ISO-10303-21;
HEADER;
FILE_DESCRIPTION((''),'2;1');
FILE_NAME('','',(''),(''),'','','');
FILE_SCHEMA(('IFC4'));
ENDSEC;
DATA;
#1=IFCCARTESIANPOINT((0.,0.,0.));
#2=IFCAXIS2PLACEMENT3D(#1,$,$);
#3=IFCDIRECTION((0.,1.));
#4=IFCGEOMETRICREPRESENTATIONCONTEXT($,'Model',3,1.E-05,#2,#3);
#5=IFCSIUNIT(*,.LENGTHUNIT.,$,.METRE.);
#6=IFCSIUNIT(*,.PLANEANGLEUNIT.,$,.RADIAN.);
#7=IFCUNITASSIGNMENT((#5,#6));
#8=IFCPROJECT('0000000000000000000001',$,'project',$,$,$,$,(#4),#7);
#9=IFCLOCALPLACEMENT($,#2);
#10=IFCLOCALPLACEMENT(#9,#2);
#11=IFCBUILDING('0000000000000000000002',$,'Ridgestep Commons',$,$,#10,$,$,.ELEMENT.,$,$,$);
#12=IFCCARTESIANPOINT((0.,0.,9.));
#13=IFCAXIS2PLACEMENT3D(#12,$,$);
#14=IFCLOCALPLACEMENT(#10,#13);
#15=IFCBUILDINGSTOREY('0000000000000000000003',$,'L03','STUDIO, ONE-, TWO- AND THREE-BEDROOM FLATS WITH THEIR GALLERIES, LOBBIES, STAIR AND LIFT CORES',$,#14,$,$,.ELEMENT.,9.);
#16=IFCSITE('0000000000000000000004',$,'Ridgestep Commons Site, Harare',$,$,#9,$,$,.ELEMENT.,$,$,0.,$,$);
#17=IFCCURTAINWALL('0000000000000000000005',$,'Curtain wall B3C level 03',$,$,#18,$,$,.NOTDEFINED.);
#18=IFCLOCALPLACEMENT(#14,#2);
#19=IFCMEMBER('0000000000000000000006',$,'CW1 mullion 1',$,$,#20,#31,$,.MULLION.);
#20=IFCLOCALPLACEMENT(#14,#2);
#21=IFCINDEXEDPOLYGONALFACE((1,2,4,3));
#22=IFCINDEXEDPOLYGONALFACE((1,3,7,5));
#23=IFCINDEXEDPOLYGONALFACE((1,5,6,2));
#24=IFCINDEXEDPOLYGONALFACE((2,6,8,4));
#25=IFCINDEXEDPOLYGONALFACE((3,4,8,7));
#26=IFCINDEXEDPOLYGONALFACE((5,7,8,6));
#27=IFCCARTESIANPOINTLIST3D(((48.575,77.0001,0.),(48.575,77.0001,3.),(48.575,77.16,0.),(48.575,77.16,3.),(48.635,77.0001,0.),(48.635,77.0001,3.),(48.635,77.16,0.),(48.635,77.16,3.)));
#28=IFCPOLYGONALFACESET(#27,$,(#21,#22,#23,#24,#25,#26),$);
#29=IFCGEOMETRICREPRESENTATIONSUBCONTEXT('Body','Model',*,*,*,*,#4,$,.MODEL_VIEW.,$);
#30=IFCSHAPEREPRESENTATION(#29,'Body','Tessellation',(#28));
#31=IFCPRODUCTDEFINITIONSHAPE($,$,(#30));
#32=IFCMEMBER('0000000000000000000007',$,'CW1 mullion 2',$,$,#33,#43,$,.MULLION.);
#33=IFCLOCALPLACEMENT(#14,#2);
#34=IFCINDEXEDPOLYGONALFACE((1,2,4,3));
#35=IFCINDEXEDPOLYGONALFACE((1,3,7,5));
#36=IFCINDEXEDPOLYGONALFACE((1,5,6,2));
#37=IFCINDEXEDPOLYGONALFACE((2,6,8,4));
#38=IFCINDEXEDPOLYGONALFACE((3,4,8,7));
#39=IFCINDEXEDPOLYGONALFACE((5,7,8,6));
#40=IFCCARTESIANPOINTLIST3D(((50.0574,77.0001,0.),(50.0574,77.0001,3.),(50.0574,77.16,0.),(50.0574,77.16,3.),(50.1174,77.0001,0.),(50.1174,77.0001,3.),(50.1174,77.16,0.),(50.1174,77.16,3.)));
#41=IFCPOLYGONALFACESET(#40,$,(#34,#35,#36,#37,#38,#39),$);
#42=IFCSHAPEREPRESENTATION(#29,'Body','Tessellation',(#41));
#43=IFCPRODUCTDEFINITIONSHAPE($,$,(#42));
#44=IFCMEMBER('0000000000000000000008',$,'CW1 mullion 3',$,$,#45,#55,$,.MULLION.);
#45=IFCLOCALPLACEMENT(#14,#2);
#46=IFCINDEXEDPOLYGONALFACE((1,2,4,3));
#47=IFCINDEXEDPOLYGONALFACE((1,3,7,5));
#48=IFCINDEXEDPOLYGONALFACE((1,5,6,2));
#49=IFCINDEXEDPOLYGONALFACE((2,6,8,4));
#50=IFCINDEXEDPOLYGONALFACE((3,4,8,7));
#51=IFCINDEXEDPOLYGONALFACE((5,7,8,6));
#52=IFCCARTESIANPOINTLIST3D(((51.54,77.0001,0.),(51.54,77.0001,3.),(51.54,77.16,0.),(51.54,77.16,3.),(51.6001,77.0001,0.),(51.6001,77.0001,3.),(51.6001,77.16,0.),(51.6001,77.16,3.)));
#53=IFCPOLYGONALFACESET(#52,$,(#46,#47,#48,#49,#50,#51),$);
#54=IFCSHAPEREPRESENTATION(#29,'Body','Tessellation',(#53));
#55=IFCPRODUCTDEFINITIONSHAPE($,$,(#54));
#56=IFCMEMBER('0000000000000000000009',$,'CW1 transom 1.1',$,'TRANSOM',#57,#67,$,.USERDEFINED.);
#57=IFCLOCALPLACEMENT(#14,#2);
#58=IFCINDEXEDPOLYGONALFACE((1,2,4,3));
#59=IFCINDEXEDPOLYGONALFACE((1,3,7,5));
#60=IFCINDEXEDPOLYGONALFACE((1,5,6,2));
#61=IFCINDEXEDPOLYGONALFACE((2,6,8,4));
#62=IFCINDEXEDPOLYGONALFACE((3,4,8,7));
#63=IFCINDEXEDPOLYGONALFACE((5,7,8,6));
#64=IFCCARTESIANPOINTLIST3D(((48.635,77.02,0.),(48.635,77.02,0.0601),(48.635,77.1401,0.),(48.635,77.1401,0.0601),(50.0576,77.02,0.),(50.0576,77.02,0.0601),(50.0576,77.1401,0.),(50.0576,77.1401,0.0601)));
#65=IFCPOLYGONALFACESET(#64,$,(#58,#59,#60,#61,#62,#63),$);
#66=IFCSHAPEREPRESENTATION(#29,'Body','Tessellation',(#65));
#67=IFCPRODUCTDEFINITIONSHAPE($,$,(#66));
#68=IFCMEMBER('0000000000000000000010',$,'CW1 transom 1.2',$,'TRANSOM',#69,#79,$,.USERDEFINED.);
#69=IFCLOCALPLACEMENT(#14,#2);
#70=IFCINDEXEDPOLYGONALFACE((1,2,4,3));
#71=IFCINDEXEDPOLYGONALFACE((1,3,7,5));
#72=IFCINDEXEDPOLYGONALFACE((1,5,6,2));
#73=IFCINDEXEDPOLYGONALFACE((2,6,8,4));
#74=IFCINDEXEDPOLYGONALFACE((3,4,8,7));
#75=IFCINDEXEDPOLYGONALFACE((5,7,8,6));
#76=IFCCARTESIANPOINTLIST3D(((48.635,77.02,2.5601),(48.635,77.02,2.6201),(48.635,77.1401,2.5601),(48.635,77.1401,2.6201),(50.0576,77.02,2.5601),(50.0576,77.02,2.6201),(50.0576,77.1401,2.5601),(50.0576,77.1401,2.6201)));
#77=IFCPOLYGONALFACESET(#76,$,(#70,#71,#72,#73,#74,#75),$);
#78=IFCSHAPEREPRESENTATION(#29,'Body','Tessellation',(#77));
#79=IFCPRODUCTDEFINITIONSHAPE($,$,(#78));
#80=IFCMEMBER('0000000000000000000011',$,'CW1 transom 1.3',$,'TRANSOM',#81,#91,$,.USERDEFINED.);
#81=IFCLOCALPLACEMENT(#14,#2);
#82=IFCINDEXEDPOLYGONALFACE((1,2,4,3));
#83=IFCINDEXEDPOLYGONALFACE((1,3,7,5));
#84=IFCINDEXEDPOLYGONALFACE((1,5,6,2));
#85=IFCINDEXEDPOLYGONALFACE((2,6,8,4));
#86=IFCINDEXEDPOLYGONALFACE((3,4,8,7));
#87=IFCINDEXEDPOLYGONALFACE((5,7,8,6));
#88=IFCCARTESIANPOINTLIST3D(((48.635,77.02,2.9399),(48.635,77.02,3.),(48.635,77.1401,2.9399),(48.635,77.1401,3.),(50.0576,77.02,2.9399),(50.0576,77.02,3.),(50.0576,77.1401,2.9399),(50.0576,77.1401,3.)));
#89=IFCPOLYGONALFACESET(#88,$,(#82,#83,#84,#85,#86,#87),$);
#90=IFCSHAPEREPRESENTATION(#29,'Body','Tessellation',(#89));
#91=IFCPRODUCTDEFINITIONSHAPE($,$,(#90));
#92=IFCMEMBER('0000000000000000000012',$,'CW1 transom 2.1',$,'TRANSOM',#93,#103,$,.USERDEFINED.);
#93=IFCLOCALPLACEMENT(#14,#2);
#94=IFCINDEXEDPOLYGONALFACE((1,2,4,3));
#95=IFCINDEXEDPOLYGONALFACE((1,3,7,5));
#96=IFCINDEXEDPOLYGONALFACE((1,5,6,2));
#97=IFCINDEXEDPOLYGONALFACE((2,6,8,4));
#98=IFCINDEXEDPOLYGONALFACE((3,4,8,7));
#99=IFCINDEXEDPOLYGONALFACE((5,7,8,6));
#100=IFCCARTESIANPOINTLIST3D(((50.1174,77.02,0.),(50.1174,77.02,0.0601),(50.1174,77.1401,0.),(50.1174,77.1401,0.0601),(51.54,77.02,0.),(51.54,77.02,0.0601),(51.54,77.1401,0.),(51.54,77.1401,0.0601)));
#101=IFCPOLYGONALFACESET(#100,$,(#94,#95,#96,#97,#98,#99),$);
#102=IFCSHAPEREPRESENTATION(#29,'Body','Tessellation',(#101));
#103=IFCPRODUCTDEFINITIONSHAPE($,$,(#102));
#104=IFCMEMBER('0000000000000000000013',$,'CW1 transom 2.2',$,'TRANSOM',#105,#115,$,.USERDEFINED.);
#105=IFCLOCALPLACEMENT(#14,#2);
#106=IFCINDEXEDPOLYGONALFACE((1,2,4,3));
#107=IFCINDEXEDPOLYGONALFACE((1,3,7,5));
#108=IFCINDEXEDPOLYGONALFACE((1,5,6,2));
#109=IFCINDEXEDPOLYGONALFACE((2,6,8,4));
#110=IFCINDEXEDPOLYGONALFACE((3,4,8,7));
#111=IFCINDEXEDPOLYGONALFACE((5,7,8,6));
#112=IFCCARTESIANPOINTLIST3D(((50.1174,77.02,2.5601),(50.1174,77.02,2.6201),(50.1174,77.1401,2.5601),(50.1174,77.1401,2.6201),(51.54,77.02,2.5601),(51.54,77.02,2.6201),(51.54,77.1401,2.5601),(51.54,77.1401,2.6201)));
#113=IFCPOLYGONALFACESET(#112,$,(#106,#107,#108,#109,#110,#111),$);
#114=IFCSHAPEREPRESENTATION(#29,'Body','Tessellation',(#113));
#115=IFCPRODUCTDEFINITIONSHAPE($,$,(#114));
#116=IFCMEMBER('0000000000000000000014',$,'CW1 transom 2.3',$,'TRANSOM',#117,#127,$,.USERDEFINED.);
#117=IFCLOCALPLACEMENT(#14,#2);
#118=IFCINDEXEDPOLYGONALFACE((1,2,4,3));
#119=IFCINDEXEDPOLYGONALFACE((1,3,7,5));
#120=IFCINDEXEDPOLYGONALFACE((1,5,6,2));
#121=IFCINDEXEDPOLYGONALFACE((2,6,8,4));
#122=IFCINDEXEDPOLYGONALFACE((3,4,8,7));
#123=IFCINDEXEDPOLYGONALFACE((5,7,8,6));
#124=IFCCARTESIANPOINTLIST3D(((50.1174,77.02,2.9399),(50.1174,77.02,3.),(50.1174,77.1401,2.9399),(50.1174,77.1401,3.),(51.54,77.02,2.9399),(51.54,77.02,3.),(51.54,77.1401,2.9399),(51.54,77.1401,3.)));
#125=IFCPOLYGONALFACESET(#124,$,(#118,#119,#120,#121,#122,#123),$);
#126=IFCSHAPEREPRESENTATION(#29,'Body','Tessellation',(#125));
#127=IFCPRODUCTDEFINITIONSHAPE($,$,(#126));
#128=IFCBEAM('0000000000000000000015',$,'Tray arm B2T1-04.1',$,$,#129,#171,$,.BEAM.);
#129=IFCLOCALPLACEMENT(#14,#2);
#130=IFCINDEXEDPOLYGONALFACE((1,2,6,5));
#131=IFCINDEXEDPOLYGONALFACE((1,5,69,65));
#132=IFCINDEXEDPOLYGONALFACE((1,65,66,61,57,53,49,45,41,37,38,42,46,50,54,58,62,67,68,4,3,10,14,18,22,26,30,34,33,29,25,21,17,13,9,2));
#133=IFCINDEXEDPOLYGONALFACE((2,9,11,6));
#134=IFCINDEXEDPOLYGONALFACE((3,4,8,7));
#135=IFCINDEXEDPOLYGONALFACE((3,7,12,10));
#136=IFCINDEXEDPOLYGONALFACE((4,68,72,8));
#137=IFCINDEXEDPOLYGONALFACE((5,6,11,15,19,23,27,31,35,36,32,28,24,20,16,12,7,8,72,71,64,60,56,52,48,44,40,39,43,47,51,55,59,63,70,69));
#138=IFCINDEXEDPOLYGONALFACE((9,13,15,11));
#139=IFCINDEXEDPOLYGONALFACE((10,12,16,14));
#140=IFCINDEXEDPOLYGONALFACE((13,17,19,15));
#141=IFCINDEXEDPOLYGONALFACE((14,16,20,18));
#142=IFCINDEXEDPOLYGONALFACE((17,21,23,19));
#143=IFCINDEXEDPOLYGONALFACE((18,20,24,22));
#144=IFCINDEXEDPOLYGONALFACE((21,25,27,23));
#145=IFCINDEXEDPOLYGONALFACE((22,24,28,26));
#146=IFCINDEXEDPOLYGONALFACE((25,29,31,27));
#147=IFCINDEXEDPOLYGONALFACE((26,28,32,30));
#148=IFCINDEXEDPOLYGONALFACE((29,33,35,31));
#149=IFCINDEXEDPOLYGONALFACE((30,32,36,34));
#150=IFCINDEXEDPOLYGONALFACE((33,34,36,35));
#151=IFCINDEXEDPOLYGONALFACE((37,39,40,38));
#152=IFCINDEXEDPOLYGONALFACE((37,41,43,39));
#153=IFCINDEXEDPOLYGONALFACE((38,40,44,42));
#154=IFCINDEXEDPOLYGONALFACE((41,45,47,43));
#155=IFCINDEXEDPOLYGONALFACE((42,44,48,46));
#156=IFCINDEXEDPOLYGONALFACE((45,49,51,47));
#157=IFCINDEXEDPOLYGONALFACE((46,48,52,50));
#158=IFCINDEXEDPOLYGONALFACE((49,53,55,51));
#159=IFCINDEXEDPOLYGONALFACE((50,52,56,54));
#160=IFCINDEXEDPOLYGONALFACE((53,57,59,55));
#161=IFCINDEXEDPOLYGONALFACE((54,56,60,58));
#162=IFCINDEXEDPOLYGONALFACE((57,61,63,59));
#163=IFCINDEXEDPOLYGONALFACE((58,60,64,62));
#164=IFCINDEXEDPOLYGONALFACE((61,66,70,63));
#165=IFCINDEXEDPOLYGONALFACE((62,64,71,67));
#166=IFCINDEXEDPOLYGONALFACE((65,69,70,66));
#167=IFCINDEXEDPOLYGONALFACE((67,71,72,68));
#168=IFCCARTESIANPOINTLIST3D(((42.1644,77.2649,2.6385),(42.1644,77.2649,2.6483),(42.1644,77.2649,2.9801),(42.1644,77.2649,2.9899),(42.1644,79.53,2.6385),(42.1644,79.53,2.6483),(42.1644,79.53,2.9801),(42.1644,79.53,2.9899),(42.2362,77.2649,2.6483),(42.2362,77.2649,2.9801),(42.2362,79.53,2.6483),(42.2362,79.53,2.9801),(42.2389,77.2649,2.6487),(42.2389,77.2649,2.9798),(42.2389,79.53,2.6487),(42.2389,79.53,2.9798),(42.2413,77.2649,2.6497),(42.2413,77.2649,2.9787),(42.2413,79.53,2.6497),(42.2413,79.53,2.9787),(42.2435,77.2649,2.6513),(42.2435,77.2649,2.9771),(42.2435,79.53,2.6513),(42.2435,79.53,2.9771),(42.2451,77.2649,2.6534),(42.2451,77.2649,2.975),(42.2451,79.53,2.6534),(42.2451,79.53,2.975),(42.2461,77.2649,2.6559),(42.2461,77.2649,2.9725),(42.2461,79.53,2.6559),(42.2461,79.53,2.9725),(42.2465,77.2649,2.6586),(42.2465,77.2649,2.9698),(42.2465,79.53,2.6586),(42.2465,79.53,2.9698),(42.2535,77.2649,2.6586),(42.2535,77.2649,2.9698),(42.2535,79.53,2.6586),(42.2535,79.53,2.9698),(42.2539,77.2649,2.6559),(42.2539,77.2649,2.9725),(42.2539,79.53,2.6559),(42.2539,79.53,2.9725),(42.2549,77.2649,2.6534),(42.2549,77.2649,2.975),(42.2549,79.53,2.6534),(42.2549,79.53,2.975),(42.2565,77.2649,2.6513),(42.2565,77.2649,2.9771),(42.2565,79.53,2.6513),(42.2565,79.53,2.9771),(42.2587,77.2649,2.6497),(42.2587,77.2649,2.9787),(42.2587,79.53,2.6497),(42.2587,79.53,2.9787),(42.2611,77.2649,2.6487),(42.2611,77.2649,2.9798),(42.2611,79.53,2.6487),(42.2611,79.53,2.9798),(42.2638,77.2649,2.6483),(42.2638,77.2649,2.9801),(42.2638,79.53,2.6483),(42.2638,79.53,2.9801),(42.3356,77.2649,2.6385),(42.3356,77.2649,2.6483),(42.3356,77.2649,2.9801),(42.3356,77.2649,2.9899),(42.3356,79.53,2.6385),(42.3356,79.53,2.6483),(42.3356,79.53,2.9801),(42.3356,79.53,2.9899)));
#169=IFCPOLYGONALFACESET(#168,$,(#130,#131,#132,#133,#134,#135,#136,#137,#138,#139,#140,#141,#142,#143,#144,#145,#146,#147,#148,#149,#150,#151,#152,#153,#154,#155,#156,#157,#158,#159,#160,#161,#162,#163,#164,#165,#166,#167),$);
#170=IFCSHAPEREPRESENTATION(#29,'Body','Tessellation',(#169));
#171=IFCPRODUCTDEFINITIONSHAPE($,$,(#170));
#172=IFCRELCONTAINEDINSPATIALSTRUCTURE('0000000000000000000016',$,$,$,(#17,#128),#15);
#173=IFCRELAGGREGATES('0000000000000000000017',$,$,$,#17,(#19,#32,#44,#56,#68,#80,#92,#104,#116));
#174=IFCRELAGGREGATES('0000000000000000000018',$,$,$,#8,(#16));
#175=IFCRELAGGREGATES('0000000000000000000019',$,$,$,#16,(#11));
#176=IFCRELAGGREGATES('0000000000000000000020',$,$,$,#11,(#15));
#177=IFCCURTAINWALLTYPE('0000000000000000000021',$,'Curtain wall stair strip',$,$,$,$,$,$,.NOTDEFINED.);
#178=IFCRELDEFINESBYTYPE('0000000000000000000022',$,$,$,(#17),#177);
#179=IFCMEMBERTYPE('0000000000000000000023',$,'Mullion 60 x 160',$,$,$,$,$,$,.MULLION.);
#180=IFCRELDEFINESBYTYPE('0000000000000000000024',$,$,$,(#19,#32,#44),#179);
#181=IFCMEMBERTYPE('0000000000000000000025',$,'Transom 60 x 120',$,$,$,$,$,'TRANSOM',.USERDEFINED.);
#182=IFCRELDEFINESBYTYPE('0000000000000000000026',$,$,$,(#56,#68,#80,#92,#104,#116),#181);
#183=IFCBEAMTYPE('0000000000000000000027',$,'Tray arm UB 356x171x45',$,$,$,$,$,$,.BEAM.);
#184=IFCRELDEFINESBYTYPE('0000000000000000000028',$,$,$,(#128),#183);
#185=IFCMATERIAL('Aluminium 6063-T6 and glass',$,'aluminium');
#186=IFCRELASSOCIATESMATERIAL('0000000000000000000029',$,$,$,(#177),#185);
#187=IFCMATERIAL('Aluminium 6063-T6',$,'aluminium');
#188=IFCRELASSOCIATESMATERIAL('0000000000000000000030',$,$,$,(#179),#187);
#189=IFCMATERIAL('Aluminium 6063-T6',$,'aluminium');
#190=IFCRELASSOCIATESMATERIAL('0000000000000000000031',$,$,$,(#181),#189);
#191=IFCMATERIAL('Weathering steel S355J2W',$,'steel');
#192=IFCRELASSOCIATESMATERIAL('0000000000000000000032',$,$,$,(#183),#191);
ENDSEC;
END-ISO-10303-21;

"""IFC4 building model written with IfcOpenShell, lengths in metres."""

from ifc_helpers import new_model, si_unit, direction, frame, origin, origin_2d, place, context, subcontext, project, spatial, rectangle, i_section, extrude, material, material_profile, profile_set, type_object, element, aggregate, save


model = new_model("IFC4")

# Units and contexts
model_context = context("Model", 3, precision=1e-05, world=origin(), true_north=direction((0.0, 1.0)))
body_context = subcontext(model_context, "Body", "Model", "MODEL_VIEW")
ifc_project = project(units=[si_unit("LENGTHUNIT", "METRE"), si_unit("PLANEANGLEUNIT", "RADIAN")], contexts=[model_context])

# Site, building, storey
site_placement = place(None, origin())
site = spatial("IfcSite", under=ifc_project, at=site_placement, Name="Ridgestep Commons Site, Harare", CompositionType="ELEMENT", RefElevation=0.0)
building_placement = place(site_placement, origin())
building = spatial("IfcBuilding", under=site, at=building_placement, Name="Ridgestep Commons", CompositionType="ELEMENT")
storey_placement = place(building_placement, frame((0.0, 0.0, 9.0)))
storey = spatial("IfcBuildingStorey", under=building, at=storey_placement, Name="L03", Description="STUDIO, ONE-, TWO- AND THREE-BEDROOM FLATS WITH THEIR GALLERIES, LOBBIES, STAIR AND LIFT CORES", CompositionType="ELEMENT", Elevation=9.0)

# Curtain wall, members
ifc_material_1 = material(Name="Aluminium 6063-T6 and glass", Category="aluminium")
curtain_wall_type = type_object("IfcCurtainWallType", Name="Curtain wall stair strip", PredefinedType="NOTDEFINED", material=ifc_material_1)
curtain_wall_placement = place(storey_placement, origin())
curtain_wall = element("IfcCurtainWall", 1, at=curtain_wall_placement, inside=storey, type_object=curtain_wall_type, Name="Curtain wall B3C level 03", PredefinedType="NOTDEFINED")
ifc_material_2 = material(Name="Aluminium 6063-T6", Category="aluminium")
ifc_material_profile_1 = material_profile(ifc_material_2, rectangle(XDim=0.1599, YDim=0.0601, at=origin_2d()), Name="Mullion 60 x 160")
ifc_profile_set_1 = profile_set([ifc_material_profile_1], Name="Aluminium 6063-T6")
member_type_1 = type_object("IfcMemberType", Name="Mullion 60 x 160", PredefinedType="MULLION", material=ifc_profile_set_1)
member_1_placement = place(storey_placement, frame((48.605, 77.0801, 0.0), z_axis=(0.0, 0.0, 1.0), x_axis=(0.0, 1.0, 0.0)))
member_1 = element("IfcMember", 2, at=member_1_placement, type_object=member_type_1, Name="CW1 mullion 1", PredefinedType="MULLION", context=body_context, shape_type="SweptSolid", body=[
    extrude(rectangle(XDim=0.1599, YDim=0.0601, at=origin_2d()), origin(), (0.0, 0.0, 1.0), 3.0),
])
member_2_placement = place(storey_placement, frame((50.0874, 77.0801, 0.0), z_axis=(0.0, 0.0, 1.0), x_axis=(0.0, 1.0, 0.0)))
member_2 = element("IfcMember", 3, at=member_2_placement, type_object=member_type_1, Name="CW1 mullion 2", PredefinedType="MULLION", context=body_context, shape_type="SweptSolid", body=[
    extrude(rectangle(XDim=0.1599, YDim=0.0601, at=origin_2d()), origin(), (0.0, 0.0, 1.0), 3.0),
])
member_3_placement = place(storey_placement, frame((51.5701, 77.0801, 0.0), z_axis=(0.0, 0.0, 1.0), x_axis=(0.0, 1.0, 0.0)))
member_3 = element("IfcMember", 4, at=member_3_placement, type_object=member_type_1, Name="CW1 mullion 3", PredefinedType="MULLION", context=body_context, shape_type="SweptSolid", body=[
    extrude(rectangle(XDim=0.1599, YDim=0.0601, at=origin_2d()), origin(), (0.0, 0.0, 1.0), 3.0),
])
ifc_material_3 = material(Name="Aluminium 6063-T6", Category="aluminium")
ifc_material_profile_2 = material_profile(ifc_material_3, rectangle(XDim=0.1201, YDim=0.0601, at=origin_2d()), Name="Transom 60 x 120")
ifc_profile_set_2 = profile_set([ifc_material_profile_2], Name="Aluminium 6063-T6")
member_type_2 = type_object("IfcMemberType", Name="Transom 60 x 120", ElementType="TRANSOM", PredefinedType="USERDEFINED", material=ifc_profile_set_2)
member_4_placement = place(storey_placement, frame((48.635, 77.0801, 0.03), z_axis=(1.0, 0.0, 0.0), x_axis=(0.0, 1.0, 0.0)))
member_4 = element("IfcMember", 5, at=member_4_placement, type_object=member_type_2, Name="CW1 transom 1.1", ObjectType="TRANSOM", PredefinedType="USERDEFINED", context=body_context, shape_type="SweptSolid", body=[
    extrude(rectangle(XDim=0.1201, YDim=0.0601, at=origin_2d()), origin(), (0.0, 0.0, 1.0), 1.4226),
])
member_5_placement = place(storey_placement, frame((48.635, 77.0801, 2.5901), z_axis=(1.0, 0.0, 0.0), x_axis=(0.0, 1.0, 0.0)))
member_5 = element("IfcMember", 6, at=member_5_placement, type_object=member_type_2, Name="CW1 transom 1.2", ObjectType="TRANSOM", PredefinedType="USERDEFINED", context=body_context, shape_type="SweptSolid", body=[
    extrude(rectangle(XDim=0.1201, YDim=0.0601, at=origin_2d()), origin(), (0.0, 0.0, 1.0), 1.4226),
])
member_6_placement = place(storey_placement, frame((48.635, 77.0801, 2.97), z_axis=(1.0, 0.0, 0.0), x_axis=(0.0, 1.0, 0.0)))
member_6 = element("IfcMember", 7, at=member_6_placement, type_object=member_type_2, Name="CW1 transom 1.3", ObjectType="TRANSOM", PredefinedType="USERDEFINED", context=body_context, shape_type="SweptSolid", body=[
    extrude(rectangle(XDim=0.1201, YDim=0.0601, at=origin_2d()), origin(), (0.0, 0.0, 1.0), 1.4226),
])
member_7_placement = place(storey_placement, frame((50.1174, 77.0801, 0.03), z_axis=(1.0, 0.0, 0.0), x_axis=(0.0, 1.0, 0.0)))
member_7 = element("IfcMember", 8, at=member_7_placement, type_object=member_type_2, Name="CW1 transom 2.1", ObjectType="TRANSOM", PredefinedType="USERDEFINED", context=body_context, shape_type="SweptSolid", body=[
    extrude(rectangle(XDim=0.1201, YDim=0.0601, at=origin_2d()), origin(), (0.0, 0.0, 1.0), 1.4226),
])
member_8_placement = place(storey_placement, frame((50.1174, 77.0801, 2.5901), z_axis=(1.0, 0.0, 0.0), x_axis=(0.0, 1.0, 0.0)))
member_8 = element("IfcMember", 9, at=member_8_placement, type_object=member_type_2, Name="CW1 transom 2.2", ObjectType="TRANSOM", PredefinedType="USERDEFINED", context=body_context, shape_type="SweptSolid", body=[
    extrude(rectangle(XDim=0.1201, YDim=0.0601, at=origin_2d()), origin(), (0.0, 0.0, 1.0), 1.4226),
])
member_9_placement = place(storey_placement, frame((50.1174, 77.0801, 2.97), z_axis=(1.0, 0.0, 0.0), x_axis=(0.0, 1.0, 0.0)))
member_9 = element("IfcMember", 10, at=member_9_placement, type_object=member_type_2, Name="CW1 transom 2.3", ObjectType="TRANSOM", PredefinedType="USERDEFINED", context=body_context, shape_type="SweptSolid", body=[
    extrude(rectangle(XDim=0.1201, YDim=0.0601, at=origin_2d()), origin(), (0.0, 0.0, 1.0), 1.4226),
])

# Beam
ifc_material_4 = material(Name="Weathering steel S355J2W", Category="steel")
ifc_material_profile_3 = material_profile(ifc_material_4, i_section(OverallWidth=0.1711, OverallDepth=0.3513, WebThickness=0.0071, FlangeThickness=0.0098, FilletRadius=0.0103, at=origin_2d()), Name="UB 356x171x45")
ifc_profile_set_3 = profile_set([ifc_material_profile_3], Name="Weathering steel S355J2W")
beam_type_1 = type_object("IfcBeamType", Name="Tray arm UB 356x171x45", PredefinedType="BEAM", material=ifc_profile_set_3)
for number, where, z_axis, x_axis, name in (
    (11, (42.25, 77.2649, 2.8142), (0.0, 1.0, 0.0), (-1.0, 0.0, 0.0), "Tray arm B2T1-04.1"),
):
    element("IfcBeam", number, at=place(storey_placement, frame(where, z_axis=z_axis, x_axis=x_axis)), inside=storey, type_object=beam_type_1, Name=name, PredefinedType="BEAM", context=body_context, shape_type="SweptSolid", body=[
        extrude(i_section(OverallWidth=0.1711, OverallDepth=0.3513, WebThickness=0.0071, FlangeThickness=0.0098, FilletRadius=0.0103, at=origin_2d()), origin(), (0.0, 0.0, 1.0), 2.2651),
    ])

aggregate(curtain_wall, [member_1, member_2, member_3, member_4, member_5, member_6, member_7, member_8, member_9])

save(model, "model.ifc")
